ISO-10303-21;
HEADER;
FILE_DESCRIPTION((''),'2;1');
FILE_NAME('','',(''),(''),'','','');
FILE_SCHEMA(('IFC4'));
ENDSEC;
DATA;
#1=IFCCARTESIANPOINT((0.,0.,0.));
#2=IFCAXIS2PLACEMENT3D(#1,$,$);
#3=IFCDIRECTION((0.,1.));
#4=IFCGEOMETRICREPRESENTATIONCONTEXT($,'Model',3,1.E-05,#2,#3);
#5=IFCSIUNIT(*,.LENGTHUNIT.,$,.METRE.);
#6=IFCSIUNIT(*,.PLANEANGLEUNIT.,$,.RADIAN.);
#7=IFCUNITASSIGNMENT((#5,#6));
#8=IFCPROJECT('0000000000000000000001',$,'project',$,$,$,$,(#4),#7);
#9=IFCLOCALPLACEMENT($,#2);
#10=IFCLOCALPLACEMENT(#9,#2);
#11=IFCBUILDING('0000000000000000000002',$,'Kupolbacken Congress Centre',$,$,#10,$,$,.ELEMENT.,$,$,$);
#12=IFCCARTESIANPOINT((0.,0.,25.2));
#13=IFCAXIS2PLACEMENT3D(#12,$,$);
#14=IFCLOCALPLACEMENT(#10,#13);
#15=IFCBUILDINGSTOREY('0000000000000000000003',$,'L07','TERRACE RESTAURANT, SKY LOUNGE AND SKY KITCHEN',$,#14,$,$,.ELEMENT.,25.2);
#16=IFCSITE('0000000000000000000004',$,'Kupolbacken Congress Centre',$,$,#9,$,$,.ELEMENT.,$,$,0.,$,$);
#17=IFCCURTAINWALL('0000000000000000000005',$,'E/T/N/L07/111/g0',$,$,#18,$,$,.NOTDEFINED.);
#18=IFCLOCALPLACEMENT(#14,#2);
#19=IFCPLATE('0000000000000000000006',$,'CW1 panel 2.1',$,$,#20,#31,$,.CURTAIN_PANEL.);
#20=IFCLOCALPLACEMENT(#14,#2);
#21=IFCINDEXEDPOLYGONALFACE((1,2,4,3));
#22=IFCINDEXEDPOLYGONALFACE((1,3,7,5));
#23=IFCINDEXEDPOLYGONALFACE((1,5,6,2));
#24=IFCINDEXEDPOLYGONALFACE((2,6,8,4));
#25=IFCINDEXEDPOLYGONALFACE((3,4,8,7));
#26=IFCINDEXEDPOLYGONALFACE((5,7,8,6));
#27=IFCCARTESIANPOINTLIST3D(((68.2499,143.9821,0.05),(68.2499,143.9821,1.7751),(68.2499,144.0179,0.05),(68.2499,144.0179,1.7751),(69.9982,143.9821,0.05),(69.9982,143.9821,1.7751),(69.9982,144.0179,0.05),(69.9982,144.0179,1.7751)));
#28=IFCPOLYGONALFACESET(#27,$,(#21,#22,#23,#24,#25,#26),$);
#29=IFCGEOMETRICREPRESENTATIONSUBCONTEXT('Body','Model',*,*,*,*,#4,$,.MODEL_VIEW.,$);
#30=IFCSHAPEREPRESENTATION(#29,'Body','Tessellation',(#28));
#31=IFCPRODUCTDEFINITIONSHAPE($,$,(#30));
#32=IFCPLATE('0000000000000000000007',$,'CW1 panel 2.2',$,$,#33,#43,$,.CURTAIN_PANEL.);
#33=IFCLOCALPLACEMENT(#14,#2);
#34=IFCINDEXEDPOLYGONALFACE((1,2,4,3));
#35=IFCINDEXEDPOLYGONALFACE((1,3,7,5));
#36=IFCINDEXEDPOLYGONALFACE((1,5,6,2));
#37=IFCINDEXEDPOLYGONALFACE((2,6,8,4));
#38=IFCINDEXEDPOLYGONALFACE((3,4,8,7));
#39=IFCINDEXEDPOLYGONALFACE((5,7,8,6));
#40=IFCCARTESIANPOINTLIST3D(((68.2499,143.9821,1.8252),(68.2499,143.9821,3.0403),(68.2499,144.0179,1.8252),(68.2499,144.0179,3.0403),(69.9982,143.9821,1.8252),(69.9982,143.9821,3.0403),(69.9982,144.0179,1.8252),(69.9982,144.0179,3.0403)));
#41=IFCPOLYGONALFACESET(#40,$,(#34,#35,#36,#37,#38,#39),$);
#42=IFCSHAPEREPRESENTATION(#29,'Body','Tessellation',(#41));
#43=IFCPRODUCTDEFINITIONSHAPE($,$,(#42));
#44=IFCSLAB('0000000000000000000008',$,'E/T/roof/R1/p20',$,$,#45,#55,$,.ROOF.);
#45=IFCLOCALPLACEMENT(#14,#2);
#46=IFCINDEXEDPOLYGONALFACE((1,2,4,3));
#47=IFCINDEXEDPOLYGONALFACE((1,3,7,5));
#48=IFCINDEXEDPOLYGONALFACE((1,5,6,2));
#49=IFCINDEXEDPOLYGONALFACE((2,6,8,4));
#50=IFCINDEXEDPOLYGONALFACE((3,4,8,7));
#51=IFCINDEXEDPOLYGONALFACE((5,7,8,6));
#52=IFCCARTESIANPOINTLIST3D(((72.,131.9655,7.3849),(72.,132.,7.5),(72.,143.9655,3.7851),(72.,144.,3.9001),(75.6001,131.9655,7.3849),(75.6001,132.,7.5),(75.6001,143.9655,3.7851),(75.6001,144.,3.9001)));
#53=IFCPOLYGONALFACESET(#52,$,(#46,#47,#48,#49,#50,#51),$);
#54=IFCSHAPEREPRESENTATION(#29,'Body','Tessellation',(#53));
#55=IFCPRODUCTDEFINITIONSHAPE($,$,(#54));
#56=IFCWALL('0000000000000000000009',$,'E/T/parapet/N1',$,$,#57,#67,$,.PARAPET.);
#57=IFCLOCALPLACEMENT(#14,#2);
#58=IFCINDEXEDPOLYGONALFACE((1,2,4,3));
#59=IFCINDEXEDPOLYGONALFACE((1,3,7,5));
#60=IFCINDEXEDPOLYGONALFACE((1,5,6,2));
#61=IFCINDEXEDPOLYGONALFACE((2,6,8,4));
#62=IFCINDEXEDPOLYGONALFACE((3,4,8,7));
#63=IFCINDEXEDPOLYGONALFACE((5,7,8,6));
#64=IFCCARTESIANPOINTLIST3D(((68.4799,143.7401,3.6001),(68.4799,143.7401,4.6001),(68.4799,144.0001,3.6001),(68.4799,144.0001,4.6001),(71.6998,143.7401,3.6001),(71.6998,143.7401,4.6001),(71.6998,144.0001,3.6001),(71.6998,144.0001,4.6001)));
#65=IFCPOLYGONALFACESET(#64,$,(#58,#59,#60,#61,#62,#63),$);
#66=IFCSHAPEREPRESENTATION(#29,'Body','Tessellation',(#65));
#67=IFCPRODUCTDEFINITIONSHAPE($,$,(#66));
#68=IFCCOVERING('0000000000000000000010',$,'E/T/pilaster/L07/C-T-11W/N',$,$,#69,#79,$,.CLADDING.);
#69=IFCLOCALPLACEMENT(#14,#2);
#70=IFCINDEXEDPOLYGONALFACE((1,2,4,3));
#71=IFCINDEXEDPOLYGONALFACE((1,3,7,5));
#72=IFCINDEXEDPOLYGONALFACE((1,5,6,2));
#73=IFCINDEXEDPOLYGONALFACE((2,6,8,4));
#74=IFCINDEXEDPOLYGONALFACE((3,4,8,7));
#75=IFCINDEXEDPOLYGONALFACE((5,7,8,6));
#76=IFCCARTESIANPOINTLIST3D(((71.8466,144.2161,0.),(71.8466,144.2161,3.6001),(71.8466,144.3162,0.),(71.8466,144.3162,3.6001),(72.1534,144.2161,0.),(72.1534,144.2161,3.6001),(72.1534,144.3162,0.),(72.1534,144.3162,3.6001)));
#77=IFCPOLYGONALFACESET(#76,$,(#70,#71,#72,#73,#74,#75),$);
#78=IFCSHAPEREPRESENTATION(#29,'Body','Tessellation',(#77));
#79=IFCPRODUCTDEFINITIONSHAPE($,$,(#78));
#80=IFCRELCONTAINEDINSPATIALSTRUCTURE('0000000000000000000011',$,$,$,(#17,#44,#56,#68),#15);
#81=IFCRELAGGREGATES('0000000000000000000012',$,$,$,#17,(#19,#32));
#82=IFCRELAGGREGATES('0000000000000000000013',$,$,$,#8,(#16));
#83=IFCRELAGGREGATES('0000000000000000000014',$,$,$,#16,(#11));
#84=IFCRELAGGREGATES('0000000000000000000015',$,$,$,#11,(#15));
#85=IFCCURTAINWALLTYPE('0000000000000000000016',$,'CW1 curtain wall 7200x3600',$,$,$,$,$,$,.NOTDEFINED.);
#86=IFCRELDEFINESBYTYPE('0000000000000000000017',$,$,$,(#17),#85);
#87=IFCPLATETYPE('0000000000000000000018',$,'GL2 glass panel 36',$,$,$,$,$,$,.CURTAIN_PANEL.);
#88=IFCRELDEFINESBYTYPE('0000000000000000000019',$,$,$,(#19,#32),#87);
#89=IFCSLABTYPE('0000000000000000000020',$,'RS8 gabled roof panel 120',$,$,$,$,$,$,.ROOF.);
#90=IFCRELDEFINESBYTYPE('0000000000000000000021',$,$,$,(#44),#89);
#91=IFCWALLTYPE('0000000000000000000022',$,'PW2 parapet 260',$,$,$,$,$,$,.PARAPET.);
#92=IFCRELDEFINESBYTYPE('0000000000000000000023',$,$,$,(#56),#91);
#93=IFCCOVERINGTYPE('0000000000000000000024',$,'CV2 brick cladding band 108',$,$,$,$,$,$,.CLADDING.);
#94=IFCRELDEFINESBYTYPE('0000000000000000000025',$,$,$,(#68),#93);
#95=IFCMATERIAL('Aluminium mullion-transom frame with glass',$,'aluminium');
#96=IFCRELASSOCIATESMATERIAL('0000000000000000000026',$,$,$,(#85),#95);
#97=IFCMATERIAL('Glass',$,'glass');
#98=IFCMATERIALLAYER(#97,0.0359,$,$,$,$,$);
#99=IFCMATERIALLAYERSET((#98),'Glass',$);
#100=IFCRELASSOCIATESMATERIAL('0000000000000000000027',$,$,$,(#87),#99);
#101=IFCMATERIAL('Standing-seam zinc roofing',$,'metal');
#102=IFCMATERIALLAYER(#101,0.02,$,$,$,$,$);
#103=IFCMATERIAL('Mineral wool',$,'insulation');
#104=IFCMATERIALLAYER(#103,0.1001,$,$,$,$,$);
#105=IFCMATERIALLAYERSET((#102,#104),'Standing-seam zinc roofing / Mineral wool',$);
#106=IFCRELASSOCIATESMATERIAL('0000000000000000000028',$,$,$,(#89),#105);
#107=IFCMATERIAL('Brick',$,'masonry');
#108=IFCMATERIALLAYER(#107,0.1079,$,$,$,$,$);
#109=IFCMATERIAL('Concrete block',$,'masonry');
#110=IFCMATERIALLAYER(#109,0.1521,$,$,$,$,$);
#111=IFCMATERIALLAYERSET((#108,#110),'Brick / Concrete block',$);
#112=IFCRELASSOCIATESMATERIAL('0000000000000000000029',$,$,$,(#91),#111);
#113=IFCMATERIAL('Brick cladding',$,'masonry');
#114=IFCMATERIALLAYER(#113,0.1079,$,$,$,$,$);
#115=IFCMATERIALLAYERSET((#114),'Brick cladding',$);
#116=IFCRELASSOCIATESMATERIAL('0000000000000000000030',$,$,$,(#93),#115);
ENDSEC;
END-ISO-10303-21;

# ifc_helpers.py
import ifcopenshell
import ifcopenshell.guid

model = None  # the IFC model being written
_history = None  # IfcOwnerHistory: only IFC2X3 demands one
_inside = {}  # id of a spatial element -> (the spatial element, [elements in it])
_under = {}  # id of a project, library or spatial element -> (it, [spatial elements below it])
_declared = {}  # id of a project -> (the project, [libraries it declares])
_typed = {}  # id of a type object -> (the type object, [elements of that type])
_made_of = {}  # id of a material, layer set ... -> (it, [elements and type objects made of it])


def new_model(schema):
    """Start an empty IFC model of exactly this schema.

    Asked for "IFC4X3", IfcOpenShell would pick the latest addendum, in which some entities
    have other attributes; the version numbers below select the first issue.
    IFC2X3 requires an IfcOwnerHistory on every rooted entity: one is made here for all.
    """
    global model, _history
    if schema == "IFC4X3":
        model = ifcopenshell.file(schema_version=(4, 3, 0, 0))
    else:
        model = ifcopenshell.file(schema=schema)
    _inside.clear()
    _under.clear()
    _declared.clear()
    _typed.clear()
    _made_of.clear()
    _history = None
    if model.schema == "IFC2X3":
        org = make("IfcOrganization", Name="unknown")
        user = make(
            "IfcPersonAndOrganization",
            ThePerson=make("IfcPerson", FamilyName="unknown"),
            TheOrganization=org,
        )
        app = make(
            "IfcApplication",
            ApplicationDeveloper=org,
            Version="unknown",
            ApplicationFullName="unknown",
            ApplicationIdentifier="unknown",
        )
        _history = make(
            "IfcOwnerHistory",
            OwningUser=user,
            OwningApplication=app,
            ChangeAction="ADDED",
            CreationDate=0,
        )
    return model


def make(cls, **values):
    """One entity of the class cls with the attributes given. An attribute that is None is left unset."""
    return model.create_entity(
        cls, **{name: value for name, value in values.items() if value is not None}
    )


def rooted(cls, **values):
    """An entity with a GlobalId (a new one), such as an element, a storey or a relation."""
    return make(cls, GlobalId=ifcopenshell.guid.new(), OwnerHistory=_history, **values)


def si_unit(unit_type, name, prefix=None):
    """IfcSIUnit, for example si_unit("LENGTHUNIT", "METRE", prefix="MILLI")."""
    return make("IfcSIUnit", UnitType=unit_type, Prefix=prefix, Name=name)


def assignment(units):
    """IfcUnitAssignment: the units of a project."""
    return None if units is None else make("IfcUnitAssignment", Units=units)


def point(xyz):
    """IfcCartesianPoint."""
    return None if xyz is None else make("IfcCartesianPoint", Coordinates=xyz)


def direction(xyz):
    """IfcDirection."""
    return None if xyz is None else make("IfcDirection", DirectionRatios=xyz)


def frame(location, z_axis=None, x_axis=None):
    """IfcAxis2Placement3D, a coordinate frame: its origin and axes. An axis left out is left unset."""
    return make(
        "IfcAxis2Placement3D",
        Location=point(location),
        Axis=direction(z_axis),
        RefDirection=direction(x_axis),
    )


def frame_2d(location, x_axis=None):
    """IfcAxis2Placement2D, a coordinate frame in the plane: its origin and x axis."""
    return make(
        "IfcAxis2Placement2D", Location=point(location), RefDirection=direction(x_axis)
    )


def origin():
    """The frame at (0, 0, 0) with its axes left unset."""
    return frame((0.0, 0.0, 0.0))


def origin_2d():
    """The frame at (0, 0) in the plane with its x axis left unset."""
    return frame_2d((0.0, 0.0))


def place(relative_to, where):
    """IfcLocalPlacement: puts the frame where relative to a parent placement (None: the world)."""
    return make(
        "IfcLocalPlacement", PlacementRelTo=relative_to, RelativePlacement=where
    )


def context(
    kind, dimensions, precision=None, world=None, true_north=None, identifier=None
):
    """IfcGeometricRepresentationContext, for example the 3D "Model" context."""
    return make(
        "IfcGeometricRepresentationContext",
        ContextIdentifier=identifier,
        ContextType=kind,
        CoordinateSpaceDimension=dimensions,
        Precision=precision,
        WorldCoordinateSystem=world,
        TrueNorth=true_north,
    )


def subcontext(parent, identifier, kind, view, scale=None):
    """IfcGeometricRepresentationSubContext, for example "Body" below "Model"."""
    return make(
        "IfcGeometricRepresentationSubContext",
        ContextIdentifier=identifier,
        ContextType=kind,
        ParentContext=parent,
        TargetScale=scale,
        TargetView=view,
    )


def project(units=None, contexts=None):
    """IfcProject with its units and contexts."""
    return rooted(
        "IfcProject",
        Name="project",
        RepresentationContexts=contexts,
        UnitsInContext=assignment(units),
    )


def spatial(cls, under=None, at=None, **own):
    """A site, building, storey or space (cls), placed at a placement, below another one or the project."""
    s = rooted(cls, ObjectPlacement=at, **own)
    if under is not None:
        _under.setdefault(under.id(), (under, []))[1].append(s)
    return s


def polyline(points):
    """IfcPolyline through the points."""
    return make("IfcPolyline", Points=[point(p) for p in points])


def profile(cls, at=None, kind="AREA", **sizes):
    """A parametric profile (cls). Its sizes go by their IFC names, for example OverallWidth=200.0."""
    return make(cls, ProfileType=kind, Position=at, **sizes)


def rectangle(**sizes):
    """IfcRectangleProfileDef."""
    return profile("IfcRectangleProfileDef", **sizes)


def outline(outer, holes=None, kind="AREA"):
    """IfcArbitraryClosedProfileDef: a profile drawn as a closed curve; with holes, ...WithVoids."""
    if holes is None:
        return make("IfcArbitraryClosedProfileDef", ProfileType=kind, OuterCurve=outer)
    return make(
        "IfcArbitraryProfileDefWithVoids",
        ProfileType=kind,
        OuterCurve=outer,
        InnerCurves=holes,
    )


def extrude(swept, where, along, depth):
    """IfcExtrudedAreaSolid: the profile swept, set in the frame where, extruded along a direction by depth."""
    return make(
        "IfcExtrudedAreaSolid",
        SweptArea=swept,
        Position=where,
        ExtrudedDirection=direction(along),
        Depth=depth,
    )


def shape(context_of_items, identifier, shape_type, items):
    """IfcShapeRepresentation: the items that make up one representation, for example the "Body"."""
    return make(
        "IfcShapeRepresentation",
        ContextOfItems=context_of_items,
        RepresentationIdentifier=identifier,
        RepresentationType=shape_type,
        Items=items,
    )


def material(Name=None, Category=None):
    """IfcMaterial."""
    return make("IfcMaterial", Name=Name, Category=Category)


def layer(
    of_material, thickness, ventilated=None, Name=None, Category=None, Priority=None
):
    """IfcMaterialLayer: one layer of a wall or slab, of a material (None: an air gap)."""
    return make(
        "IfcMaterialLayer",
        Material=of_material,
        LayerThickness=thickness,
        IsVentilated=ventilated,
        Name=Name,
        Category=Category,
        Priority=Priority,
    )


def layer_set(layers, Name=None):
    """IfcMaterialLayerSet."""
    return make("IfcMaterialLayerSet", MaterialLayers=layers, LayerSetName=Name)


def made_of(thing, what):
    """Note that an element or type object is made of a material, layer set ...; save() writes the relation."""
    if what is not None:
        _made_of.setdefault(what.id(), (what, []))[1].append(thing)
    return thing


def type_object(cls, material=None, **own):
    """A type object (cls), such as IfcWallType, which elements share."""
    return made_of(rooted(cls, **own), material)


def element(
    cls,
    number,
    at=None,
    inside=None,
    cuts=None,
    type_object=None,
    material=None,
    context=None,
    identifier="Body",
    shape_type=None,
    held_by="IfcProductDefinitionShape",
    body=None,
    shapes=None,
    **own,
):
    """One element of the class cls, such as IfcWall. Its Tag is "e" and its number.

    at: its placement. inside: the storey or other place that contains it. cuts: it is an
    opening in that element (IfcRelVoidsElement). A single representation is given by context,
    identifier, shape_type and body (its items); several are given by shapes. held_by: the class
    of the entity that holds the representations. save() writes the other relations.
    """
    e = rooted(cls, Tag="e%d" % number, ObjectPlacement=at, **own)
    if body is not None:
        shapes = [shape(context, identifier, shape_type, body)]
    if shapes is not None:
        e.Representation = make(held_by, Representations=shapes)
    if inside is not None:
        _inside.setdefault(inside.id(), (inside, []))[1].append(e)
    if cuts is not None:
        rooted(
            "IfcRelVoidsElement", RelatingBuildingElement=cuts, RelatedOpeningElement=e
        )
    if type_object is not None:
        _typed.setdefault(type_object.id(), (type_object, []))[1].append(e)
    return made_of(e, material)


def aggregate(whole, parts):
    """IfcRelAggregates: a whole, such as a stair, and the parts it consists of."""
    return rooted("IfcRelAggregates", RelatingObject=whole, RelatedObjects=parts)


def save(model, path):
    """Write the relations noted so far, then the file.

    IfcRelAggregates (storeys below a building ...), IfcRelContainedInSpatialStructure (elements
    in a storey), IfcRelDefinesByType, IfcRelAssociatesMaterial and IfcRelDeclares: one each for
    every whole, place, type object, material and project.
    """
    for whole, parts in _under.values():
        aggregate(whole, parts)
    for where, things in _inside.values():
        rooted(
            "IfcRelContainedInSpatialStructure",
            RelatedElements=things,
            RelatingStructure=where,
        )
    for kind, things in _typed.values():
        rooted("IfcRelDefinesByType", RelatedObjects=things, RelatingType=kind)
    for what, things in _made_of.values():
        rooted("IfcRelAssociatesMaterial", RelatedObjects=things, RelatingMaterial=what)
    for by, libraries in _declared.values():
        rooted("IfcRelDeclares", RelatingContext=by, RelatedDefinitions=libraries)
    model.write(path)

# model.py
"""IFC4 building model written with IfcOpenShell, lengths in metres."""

from ifc_helpers import new_model, si_unit, direction, frame, frame_2d, origin, origin_2d, place, context, subcontext, project, spatial, polyline, rectangle, outline, extrude, material, layer, layer_set, type_object, element, aggregate, save


model = new_model("IFC4")

# Units and contexts
model_context = context("Model", 3, precision=1e-05, world=origin(), true_north=direction((0.0, 1.0)))
body_context = subcontext(model_context, "Body", "Model", "MODEL_VIEW")
ifc_project = project(units=[si_unit("LENGTHUNIT", "METRE"), si_unit("PLANEANGLEUNIT", "RADIAN")], contexts=[model_context])

# Site, building, storey
site_placement = place(None, origin())
site = spatial("IfcSite", under=ifc_project, at=site_placement, Name="Kupolbacken Congress Centre", CompositionType="ELEMENT", RefElevation=0.0)
building_placement = place(site_placement, origin())
building = spatial("IfcBuilding", under=site, at=building_placement, Name="Kupolbacken Congress Centre", CompositionType="ELEMENT")
storey_placement = place(building_placement, frame((0.0, 0.0, 25.2)))
storey = spatial("IfcBuildingStorey", under=building, at=storey_placement, Name="L07", Description="TERRACE RESTAURANT, SKY LOUNGE AND SKY KITCHEN", CompositionType="ELEMENT", Elevation=25.2)

# Curtain wall
ifc_material_1 = material(Name="Aluminium mullion-transom frame with glass", Category="aluminium")
curtain_wall_type = type_object("IfcCurtainWallType", Name="CW1 curtain wall 7200x3600", PredefinedType="NOTDEFINED", material=ifc_material_1)
curtain_wall_1_placement = place(storey_placement, origin())
curtain_wall_1 = element("IfcCurtainWall", 1, at=curtain_wall_1_placement, inside=storey, type_object=curtain_wall_type, Name="E/T/N/L07/111/g0", PredefinedType="NOTDEFINED")

# Plates
ifc_material_2 = material(Name="Glass", Category="glass")
ifc_layer_1 = layer(ifc_material_2, 0.0359)
ifc_layer_set_1 = layer_set([ifc_layer_1], Name="Glass")
plate_type = type_object("IfcPlateType", Name="GL2 glass panel 36", PredefinedType="CURTAIN_PANEL", material=ifc_layer_set_1)
plate_1_placement = place(storey_placement, frame((69.124, 144.0, 0.05), z_axis=(0.0, 0.0, 1.0), x_axis=(-1.0, 0.0, 0.0)))
plate_1 = element("IfcPlate", 2, at=plate_1_placement, type_object=plate_type, Name="CW1 panel 2.1", PredefinedType="CURTAIN_PANEL", context=body_context, shape_type="SweptSolid", body=[
    extrude(rectangle(XDim=1.7483, YDim=0.0359, at=origin_2d()), origin(), (0.0, 0.0, 1.0), 1.7251),
])
plate_2_placement = place(storey_placement, frame((69.124, 144.0, 1.8252), z_axis=(0.0, 0.0, 1.0), x_axis=(-1.0, 0.0, 0.0)))
plate_2 = element("IfcPlate", 3, at=plate_2_placement, type_object=plate_type, Name="CW1 panel 2.2", PredefinedType="CURTAIN_PANEL", context=body_context, shape_type="SweptSolid", body=[
    extrude(rectangle(XDim=1.7483, YDim=0.0359, at=origin_2d()), origin(), (0.0, 0.0, 1.0), 1.2151),
])
aggregate(curtain_wall_1, [plate_1, plate_2])

# Slab
ifc_material_3 = material(Name="Standing-seam zinc roofing", Category="metal")
ifc_layer_2 = layer(ifc_material_3, 0.02)
ifc_material_4 = material(Name="Mineral wool", Category="insulation")
ifc_layer_3 = layer(ifc_material_4, 0.1001)
ifc_layer_set_2 = layer_set([ifc_layer_2, ifc_layer_3], Name="Standing-seam zinc roofing / Mineral wool")
slab_type = type_object("IfcSlabType", Name="RS8 gabled roof panel 120", PredefinedType="ROOF", material=ifc_layer_set_2)
slab_placement = place(storey_placement, frame((72.0, 144.0, 3.9001), z_axis=(0.0, 0.287337, 0.95783), x_axis=(1.0, 0.0, 0.0)))
element("IfcSlab", 4, at=slab_placement, inside=storey, type_object=slab_type, Name="E/T/roof/R1/p20", PredefinedType="ROOF", context=body_context, shape_type="SweptSolid", body=[
    extrude(outline(polyline([(0.0, 0.0), (3.6001, 0.0), (3.6001, -12.5283), (0.0, -12.5283), (0.0, 0.0)])), origin(), (0.0, 0.0, -1.0), 0.1201),
])

# Wall
ifc_material_5 = material(Name="Brick", Category="masonry")
ifc_layer_4 = layer(ifc_material_5, 0.1079)
ifc_material_6 = material(Name="Concrete block", Category="masonry")
ifc_layer_5 = layer(ifc_material_6, 0.1521)
ifc_layer_set_3 = layer_set([ifc_layer_4, ifc_layer_5], Name="Brick / Concrete block")
wall_type = type_object("IfcWallType", Name="PW2 parapet 260", PredefinedType="PARAPET", material=ifc_layer_set_3)
wall_placement = place(storey_placement, frame((68.48, 143.8701, 3.6001), z_axis=(0.0, 0.0, 1.0), x_axis=(1.0, 0.0, 0.0)))
element("IfcWall", 5, at=wall_placement, inside=storey, type_object=wall_type, Name="E/T/parapet/N1", PredefinedType="PARAPET", context=body_context, shape_type="SweptSolid", body=[
    extrude(rectangle(XDim=3.22, YDim=0.26, at=frame_2d((1.6099, 0.0))), origin(), (0.0, 0.0, 1.0), 1.0),
])

# Covering
ifc_material_7 = material(Name="Brick cladding", Category="masonry")
ifc_layer_6 = layer(ifc_material_7, 0.1079)
ifc_layer_set_4 = layer_set([ifc_layer_6], Name="Brick cladding")
covering_type = type_object("IfcCoveringType", Name="CV2 brick cladding band 108", PredefinedType="CLADDING", material=ifc_layer_set_4)
covering_placement = place(storey_placement, frame((72.0, 144.2661, 0.0), z_axis=(0.0, 0.0, 1.0), x_axis=(1.0, 0.0, 0.0)))
element("IfcCovering", 6, at=covering_placement, inside=storey, type_object=covering_type, Name="E/T/pilaster/L07/C-T-11W/N", PredefinedType="CLADDING", context=body_context, shape_type="SweptSolid", body=[
    extrude(rectangle(XDim=0.3069, YDim=0.1001, at=origin_2d()), origin(), (0.0, 0.0, 1.0), 3.6001),
])

save(model, "model.ifc")
